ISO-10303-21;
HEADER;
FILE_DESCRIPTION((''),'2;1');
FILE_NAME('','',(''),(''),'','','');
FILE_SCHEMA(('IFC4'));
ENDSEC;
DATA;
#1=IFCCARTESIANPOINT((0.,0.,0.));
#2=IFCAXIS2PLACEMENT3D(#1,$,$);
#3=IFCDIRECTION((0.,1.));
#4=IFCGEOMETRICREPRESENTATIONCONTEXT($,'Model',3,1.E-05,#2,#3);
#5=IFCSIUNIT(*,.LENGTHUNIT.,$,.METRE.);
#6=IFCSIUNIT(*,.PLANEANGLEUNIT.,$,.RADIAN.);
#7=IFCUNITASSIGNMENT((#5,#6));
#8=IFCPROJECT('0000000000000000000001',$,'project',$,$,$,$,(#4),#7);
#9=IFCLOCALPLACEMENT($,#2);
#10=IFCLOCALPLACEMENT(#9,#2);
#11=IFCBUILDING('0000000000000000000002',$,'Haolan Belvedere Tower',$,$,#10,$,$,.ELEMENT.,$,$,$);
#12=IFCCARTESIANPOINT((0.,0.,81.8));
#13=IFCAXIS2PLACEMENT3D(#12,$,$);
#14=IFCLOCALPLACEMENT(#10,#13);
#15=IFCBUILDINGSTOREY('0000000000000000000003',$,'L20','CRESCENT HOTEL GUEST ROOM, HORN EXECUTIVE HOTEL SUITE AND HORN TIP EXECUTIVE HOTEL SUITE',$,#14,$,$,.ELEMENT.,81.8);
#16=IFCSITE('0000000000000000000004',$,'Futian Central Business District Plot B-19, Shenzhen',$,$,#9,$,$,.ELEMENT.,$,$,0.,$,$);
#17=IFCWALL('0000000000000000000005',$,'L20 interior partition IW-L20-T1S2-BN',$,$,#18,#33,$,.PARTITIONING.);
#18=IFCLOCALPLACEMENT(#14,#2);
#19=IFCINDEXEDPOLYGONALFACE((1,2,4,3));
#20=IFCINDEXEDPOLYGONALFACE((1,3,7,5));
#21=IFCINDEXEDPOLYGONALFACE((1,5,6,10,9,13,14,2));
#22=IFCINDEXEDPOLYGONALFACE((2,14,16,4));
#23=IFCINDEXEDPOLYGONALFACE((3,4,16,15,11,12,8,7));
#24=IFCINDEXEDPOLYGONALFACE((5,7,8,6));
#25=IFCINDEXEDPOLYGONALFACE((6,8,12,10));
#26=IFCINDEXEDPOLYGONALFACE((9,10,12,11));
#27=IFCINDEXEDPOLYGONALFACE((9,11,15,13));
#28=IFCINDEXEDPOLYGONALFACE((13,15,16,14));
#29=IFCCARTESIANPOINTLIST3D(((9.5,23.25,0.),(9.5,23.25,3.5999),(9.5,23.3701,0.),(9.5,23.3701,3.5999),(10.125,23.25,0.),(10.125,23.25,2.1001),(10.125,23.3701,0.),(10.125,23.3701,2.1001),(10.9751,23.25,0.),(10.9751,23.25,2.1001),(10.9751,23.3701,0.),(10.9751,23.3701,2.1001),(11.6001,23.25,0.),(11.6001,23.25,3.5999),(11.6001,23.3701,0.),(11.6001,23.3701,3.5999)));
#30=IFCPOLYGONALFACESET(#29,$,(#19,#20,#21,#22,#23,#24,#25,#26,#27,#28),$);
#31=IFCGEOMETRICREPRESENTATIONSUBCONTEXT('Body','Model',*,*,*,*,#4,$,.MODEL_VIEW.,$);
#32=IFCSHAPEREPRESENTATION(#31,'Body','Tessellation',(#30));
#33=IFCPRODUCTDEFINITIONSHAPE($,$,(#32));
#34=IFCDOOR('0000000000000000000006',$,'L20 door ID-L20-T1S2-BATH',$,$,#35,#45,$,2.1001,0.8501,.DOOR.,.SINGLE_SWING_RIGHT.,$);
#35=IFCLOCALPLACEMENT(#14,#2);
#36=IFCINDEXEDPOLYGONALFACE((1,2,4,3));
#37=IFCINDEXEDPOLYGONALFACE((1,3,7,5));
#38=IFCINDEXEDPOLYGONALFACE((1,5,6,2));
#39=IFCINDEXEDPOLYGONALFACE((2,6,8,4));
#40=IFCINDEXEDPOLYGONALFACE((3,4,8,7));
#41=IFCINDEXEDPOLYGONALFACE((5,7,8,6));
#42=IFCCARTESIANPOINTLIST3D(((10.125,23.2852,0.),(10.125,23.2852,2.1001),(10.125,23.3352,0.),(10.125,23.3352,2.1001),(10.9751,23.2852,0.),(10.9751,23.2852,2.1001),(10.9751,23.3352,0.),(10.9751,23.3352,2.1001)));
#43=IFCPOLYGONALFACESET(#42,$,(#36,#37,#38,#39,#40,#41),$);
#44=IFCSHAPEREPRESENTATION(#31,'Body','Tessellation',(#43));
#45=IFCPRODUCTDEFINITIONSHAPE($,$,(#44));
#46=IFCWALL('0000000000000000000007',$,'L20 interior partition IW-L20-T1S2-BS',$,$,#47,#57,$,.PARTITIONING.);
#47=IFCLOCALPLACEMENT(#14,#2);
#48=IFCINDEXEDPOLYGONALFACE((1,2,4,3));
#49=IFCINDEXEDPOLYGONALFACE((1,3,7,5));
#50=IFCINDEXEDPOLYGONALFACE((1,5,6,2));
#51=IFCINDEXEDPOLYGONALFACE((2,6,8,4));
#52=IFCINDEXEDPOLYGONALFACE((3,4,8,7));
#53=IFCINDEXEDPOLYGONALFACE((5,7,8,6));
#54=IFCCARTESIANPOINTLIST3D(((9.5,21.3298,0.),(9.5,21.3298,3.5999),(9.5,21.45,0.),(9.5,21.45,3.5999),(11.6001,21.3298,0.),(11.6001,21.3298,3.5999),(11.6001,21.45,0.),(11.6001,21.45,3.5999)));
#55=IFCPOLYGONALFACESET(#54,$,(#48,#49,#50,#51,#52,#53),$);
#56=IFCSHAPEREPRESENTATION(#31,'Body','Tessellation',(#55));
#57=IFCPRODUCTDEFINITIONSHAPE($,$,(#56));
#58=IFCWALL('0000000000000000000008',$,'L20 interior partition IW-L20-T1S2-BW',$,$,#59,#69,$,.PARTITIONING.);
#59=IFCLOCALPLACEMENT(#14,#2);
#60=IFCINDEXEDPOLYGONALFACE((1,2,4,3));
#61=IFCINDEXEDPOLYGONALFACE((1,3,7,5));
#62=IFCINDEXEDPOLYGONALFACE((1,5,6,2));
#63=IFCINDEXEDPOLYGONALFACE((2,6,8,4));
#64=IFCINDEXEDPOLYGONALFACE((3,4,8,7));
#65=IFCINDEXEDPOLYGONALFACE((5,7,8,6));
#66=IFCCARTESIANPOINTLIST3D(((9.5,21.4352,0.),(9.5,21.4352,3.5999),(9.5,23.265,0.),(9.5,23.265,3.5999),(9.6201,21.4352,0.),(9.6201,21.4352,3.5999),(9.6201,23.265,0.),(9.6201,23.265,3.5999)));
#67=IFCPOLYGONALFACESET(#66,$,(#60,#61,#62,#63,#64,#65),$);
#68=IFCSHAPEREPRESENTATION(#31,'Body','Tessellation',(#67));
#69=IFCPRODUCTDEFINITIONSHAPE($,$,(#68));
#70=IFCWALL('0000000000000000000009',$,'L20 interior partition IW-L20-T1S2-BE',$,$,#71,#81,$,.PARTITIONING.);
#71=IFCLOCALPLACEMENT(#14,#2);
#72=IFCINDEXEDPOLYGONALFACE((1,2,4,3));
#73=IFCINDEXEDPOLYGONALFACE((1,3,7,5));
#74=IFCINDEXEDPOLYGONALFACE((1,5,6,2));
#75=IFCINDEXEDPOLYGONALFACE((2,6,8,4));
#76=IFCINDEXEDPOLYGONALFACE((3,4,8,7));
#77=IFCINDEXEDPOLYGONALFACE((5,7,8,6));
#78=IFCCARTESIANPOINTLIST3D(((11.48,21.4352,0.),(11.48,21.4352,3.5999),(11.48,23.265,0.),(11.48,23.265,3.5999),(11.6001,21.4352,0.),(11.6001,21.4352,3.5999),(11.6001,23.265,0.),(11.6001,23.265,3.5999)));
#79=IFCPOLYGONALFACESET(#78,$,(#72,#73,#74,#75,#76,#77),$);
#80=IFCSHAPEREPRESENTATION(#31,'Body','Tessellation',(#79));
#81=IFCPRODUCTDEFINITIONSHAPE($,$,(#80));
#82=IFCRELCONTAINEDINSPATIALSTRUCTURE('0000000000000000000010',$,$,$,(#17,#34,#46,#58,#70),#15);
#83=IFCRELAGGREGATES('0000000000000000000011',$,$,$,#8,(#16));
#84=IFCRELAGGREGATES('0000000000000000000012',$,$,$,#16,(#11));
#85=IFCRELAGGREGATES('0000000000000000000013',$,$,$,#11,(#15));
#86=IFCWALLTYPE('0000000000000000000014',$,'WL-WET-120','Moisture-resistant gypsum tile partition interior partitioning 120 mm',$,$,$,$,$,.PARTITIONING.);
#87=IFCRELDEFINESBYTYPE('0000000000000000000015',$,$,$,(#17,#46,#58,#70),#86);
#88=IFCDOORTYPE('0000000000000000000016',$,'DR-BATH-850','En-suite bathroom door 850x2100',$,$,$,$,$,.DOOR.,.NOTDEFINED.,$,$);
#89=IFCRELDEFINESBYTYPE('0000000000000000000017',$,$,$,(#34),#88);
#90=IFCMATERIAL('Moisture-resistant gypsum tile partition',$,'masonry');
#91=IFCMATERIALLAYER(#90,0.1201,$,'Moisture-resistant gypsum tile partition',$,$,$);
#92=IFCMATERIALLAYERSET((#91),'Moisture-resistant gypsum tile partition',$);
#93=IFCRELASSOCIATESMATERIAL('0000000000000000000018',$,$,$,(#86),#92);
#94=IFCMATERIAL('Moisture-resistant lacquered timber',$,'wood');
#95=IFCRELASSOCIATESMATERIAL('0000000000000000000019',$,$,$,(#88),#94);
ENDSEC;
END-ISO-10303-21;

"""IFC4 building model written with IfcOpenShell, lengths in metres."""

from ifc_helpers import new_model, si_unit, direction, frame, frame_2d, origin, place, context, subcontext, project, spatial, rectangle, extrude, material, layer, layer_set, type_object, element, fill, save


model = new_model("IFC4")

# Units and contexts
model_context = context("Model", 3, precision=1e-05, world=origin(), true_north=direction((0.0, 1.0)))
body_context = subcontext(model_context, "Body", "Model", "MODEL_VIEW")
ifc_project = project(units=[si_unit("LENGTHUNIT", "METRE"), si_unit("PLANEANGLEUNIT", "RADIAN")], contexts=[model_context])

# Site, building, storey
site_placement = place(None, origin())
site = spatial("IfcSite", under=ifc_project, at=site_placement, Name="Futian Central Business District Plot B-19, Shenzhen", CompositionType="ELEMENT", RefElevation=0.0)
building_placement = place(site_placement, origin())
building = spatial("IfcBuilding", under=site, at=building_placement, Name="Haolan Belvedere Tower", CompositionType="ELEMENT")
storey_placement = place(building_placement, frame((0.0, 0.0, 81.8)))
storey = spatial("IfcBuildingStorey", under=building, at=storey_placement, Name="L20", Description="CRESCENT HOTEL GUEST ROOM, HORN EXECUTIVE HOTEL SUITE AND HORN TIP EXECUTIVE HOTEL SUITE", CompositionType="ELEMENT", Elevation=81.8)

# Shared definitions
ifc_material_1 = material(Name="Moisture-resistant gypsum tile partition", Category="masonry")
ifc_layer = layer(ifc_material_1, 0.1201, Name="Moisture-resistant gypsum tile partition")
ifc_layer_set = layer_set([ifc_layer], Name="Moisture-resistant gypsum tile partition")
wall_type = type_object("IfcWallType", Name="WL-WET-120", Description="Moisture-resistant gypsum tile partition interior partitioning 120 mm", PredefinedType="PARTITIONING", material=ifc_layer_set)

# Shared definitions
ifc_material_2 = material(Name="Moisture-resistant lacquered timber", Category="wood")
door_type = type_object("IfcDoorType", Name="DR-BATH-850", Description="En-suite bathroom door 850x2100", OperationType="NOTDEFINED", PredefinedType="DOOR", material=ifc_material_2)

# Wall, opening, door
wall_1_placement = place(storey_placement, frame((9.5, 23.3101, 0.0), z_axis=(0.0, 0.0, 1.0), x_axis=(1.0, 0.0, 0.0)))
wall_1 = element("IfcWall", 1, at=wall_1_placement, inside=storey, type_object=wall_type, Name="L20 interior partition IW-L20-T1S2-BN", PredefinedType="PARTITIONING", context=body_context, shape_type="SweptSolid", body=[
    extrude(rectangle(XDim=2.1001, YDim=0.1201, at=frame_2d((1.05, 0.0))), origin(), (0.0, 0.0, 1.0), 3.5999),
])
opening_1_placement = place(wall_1_placement, frame((1.4751, 0.0, 0.0), z_axis=(0.0, 0.0, 1.0), x_axis=(-1.0, 0.0, 0.0)))
opening_1 = element("IfcOpeningElement", 2, at=opening_1_placement, cuts=wall_1, PredefinedType="OPENING", context=body_context, shape_type="SweptSolid", body=[
    extrude(rectangle(XDim=0.8501, YDim=2.1001, at=frame_2d((0.425, 1.05))), frame((0.0, 0.0701, 0.0), z_axis=(0.0, -1.0, 0.0), x_axis=(1.0, 0.0, 0.0)), (0.0, 0.0, 1.0), 0.1401),
])
door_1_placement = place(opening_1_placement, origin())
door_1 = element("IfcDoor", 3, at=door_1_placement, inside=storey, type_object=door_type, Name="L20 door ID-L20-T1S2-BATH", OperationType="SINGLE_SWING_RIGHT", OverallHeight=2.1001, OverallWidth=0.8501, PredefinedType="DOOR", context=body_context, shape_type="SweptSolid", body=[
    extrude(rectangle(XDim=0.8501, YDim=2.1001, at=frame_2d((0.425, 1.05))), frame((0.0, 0.0249, 0.0), z_axis=(0.0, -1.0, 0.0), x_axis=(1.0, 0.0, 0.0)), (0.0, 0.0, 1.0), 0.05),
])
fill(opening_1, door_1)

# Walls
wall_2_placement = place(storey_placement, frame((9.5, 21.3899, 0.0), z_axis=(0.0, 0.0, 1.0), x_axis=(1.0, 0.0, 0.0)))
element("IfcWall", 4, at=wall_2_placement, inside=storey, type_object=wall_type, Name="L20 interior partition IW-L20-T1S2-BS", PredefinedType="PARTITIONING", context=body_context, shape_type="SweptSolid", body=[
    extrude(rectangle(XDim=2.1001, YDim=0.1201, at=frame_2d((1.05, 0.0))), origin(), (0.0, 0.0, 1.0), 3.5999),
])
for number, where, z_axis, x_axis, name in (
    (5, (9.5601, 21.4351, 0.0), (0.0, 0.0, 1.0), (0.0, 1.0, 0.0), "L20 interior partition IW-L20-T1S2-BW"),
    (6, (11.54, 21.4351, 0.0), (0.0, 0.0, 1.0), (0.0, 1.0, 0.0), "L20 interior partition IW-L20-T1S2-BE"),
):
    element("IfcWall", number, at=place(storey_placement, frame(where, z_axis=z_axis, x_axis=x_axis)), inside=storey, type_object=wall_type, Name=name, PredefinedType="PARTITIONING", context=body_context, shape_type="SweptSolid", body=[
        extrude(rectangle(XDim=1.8298, YDim=0.1201, at=frame_2d((0.915, 0.0))), origin(), (0.0, 0.0, 1.0), 3.5999),
    ])

save(model, "model.ifc")
